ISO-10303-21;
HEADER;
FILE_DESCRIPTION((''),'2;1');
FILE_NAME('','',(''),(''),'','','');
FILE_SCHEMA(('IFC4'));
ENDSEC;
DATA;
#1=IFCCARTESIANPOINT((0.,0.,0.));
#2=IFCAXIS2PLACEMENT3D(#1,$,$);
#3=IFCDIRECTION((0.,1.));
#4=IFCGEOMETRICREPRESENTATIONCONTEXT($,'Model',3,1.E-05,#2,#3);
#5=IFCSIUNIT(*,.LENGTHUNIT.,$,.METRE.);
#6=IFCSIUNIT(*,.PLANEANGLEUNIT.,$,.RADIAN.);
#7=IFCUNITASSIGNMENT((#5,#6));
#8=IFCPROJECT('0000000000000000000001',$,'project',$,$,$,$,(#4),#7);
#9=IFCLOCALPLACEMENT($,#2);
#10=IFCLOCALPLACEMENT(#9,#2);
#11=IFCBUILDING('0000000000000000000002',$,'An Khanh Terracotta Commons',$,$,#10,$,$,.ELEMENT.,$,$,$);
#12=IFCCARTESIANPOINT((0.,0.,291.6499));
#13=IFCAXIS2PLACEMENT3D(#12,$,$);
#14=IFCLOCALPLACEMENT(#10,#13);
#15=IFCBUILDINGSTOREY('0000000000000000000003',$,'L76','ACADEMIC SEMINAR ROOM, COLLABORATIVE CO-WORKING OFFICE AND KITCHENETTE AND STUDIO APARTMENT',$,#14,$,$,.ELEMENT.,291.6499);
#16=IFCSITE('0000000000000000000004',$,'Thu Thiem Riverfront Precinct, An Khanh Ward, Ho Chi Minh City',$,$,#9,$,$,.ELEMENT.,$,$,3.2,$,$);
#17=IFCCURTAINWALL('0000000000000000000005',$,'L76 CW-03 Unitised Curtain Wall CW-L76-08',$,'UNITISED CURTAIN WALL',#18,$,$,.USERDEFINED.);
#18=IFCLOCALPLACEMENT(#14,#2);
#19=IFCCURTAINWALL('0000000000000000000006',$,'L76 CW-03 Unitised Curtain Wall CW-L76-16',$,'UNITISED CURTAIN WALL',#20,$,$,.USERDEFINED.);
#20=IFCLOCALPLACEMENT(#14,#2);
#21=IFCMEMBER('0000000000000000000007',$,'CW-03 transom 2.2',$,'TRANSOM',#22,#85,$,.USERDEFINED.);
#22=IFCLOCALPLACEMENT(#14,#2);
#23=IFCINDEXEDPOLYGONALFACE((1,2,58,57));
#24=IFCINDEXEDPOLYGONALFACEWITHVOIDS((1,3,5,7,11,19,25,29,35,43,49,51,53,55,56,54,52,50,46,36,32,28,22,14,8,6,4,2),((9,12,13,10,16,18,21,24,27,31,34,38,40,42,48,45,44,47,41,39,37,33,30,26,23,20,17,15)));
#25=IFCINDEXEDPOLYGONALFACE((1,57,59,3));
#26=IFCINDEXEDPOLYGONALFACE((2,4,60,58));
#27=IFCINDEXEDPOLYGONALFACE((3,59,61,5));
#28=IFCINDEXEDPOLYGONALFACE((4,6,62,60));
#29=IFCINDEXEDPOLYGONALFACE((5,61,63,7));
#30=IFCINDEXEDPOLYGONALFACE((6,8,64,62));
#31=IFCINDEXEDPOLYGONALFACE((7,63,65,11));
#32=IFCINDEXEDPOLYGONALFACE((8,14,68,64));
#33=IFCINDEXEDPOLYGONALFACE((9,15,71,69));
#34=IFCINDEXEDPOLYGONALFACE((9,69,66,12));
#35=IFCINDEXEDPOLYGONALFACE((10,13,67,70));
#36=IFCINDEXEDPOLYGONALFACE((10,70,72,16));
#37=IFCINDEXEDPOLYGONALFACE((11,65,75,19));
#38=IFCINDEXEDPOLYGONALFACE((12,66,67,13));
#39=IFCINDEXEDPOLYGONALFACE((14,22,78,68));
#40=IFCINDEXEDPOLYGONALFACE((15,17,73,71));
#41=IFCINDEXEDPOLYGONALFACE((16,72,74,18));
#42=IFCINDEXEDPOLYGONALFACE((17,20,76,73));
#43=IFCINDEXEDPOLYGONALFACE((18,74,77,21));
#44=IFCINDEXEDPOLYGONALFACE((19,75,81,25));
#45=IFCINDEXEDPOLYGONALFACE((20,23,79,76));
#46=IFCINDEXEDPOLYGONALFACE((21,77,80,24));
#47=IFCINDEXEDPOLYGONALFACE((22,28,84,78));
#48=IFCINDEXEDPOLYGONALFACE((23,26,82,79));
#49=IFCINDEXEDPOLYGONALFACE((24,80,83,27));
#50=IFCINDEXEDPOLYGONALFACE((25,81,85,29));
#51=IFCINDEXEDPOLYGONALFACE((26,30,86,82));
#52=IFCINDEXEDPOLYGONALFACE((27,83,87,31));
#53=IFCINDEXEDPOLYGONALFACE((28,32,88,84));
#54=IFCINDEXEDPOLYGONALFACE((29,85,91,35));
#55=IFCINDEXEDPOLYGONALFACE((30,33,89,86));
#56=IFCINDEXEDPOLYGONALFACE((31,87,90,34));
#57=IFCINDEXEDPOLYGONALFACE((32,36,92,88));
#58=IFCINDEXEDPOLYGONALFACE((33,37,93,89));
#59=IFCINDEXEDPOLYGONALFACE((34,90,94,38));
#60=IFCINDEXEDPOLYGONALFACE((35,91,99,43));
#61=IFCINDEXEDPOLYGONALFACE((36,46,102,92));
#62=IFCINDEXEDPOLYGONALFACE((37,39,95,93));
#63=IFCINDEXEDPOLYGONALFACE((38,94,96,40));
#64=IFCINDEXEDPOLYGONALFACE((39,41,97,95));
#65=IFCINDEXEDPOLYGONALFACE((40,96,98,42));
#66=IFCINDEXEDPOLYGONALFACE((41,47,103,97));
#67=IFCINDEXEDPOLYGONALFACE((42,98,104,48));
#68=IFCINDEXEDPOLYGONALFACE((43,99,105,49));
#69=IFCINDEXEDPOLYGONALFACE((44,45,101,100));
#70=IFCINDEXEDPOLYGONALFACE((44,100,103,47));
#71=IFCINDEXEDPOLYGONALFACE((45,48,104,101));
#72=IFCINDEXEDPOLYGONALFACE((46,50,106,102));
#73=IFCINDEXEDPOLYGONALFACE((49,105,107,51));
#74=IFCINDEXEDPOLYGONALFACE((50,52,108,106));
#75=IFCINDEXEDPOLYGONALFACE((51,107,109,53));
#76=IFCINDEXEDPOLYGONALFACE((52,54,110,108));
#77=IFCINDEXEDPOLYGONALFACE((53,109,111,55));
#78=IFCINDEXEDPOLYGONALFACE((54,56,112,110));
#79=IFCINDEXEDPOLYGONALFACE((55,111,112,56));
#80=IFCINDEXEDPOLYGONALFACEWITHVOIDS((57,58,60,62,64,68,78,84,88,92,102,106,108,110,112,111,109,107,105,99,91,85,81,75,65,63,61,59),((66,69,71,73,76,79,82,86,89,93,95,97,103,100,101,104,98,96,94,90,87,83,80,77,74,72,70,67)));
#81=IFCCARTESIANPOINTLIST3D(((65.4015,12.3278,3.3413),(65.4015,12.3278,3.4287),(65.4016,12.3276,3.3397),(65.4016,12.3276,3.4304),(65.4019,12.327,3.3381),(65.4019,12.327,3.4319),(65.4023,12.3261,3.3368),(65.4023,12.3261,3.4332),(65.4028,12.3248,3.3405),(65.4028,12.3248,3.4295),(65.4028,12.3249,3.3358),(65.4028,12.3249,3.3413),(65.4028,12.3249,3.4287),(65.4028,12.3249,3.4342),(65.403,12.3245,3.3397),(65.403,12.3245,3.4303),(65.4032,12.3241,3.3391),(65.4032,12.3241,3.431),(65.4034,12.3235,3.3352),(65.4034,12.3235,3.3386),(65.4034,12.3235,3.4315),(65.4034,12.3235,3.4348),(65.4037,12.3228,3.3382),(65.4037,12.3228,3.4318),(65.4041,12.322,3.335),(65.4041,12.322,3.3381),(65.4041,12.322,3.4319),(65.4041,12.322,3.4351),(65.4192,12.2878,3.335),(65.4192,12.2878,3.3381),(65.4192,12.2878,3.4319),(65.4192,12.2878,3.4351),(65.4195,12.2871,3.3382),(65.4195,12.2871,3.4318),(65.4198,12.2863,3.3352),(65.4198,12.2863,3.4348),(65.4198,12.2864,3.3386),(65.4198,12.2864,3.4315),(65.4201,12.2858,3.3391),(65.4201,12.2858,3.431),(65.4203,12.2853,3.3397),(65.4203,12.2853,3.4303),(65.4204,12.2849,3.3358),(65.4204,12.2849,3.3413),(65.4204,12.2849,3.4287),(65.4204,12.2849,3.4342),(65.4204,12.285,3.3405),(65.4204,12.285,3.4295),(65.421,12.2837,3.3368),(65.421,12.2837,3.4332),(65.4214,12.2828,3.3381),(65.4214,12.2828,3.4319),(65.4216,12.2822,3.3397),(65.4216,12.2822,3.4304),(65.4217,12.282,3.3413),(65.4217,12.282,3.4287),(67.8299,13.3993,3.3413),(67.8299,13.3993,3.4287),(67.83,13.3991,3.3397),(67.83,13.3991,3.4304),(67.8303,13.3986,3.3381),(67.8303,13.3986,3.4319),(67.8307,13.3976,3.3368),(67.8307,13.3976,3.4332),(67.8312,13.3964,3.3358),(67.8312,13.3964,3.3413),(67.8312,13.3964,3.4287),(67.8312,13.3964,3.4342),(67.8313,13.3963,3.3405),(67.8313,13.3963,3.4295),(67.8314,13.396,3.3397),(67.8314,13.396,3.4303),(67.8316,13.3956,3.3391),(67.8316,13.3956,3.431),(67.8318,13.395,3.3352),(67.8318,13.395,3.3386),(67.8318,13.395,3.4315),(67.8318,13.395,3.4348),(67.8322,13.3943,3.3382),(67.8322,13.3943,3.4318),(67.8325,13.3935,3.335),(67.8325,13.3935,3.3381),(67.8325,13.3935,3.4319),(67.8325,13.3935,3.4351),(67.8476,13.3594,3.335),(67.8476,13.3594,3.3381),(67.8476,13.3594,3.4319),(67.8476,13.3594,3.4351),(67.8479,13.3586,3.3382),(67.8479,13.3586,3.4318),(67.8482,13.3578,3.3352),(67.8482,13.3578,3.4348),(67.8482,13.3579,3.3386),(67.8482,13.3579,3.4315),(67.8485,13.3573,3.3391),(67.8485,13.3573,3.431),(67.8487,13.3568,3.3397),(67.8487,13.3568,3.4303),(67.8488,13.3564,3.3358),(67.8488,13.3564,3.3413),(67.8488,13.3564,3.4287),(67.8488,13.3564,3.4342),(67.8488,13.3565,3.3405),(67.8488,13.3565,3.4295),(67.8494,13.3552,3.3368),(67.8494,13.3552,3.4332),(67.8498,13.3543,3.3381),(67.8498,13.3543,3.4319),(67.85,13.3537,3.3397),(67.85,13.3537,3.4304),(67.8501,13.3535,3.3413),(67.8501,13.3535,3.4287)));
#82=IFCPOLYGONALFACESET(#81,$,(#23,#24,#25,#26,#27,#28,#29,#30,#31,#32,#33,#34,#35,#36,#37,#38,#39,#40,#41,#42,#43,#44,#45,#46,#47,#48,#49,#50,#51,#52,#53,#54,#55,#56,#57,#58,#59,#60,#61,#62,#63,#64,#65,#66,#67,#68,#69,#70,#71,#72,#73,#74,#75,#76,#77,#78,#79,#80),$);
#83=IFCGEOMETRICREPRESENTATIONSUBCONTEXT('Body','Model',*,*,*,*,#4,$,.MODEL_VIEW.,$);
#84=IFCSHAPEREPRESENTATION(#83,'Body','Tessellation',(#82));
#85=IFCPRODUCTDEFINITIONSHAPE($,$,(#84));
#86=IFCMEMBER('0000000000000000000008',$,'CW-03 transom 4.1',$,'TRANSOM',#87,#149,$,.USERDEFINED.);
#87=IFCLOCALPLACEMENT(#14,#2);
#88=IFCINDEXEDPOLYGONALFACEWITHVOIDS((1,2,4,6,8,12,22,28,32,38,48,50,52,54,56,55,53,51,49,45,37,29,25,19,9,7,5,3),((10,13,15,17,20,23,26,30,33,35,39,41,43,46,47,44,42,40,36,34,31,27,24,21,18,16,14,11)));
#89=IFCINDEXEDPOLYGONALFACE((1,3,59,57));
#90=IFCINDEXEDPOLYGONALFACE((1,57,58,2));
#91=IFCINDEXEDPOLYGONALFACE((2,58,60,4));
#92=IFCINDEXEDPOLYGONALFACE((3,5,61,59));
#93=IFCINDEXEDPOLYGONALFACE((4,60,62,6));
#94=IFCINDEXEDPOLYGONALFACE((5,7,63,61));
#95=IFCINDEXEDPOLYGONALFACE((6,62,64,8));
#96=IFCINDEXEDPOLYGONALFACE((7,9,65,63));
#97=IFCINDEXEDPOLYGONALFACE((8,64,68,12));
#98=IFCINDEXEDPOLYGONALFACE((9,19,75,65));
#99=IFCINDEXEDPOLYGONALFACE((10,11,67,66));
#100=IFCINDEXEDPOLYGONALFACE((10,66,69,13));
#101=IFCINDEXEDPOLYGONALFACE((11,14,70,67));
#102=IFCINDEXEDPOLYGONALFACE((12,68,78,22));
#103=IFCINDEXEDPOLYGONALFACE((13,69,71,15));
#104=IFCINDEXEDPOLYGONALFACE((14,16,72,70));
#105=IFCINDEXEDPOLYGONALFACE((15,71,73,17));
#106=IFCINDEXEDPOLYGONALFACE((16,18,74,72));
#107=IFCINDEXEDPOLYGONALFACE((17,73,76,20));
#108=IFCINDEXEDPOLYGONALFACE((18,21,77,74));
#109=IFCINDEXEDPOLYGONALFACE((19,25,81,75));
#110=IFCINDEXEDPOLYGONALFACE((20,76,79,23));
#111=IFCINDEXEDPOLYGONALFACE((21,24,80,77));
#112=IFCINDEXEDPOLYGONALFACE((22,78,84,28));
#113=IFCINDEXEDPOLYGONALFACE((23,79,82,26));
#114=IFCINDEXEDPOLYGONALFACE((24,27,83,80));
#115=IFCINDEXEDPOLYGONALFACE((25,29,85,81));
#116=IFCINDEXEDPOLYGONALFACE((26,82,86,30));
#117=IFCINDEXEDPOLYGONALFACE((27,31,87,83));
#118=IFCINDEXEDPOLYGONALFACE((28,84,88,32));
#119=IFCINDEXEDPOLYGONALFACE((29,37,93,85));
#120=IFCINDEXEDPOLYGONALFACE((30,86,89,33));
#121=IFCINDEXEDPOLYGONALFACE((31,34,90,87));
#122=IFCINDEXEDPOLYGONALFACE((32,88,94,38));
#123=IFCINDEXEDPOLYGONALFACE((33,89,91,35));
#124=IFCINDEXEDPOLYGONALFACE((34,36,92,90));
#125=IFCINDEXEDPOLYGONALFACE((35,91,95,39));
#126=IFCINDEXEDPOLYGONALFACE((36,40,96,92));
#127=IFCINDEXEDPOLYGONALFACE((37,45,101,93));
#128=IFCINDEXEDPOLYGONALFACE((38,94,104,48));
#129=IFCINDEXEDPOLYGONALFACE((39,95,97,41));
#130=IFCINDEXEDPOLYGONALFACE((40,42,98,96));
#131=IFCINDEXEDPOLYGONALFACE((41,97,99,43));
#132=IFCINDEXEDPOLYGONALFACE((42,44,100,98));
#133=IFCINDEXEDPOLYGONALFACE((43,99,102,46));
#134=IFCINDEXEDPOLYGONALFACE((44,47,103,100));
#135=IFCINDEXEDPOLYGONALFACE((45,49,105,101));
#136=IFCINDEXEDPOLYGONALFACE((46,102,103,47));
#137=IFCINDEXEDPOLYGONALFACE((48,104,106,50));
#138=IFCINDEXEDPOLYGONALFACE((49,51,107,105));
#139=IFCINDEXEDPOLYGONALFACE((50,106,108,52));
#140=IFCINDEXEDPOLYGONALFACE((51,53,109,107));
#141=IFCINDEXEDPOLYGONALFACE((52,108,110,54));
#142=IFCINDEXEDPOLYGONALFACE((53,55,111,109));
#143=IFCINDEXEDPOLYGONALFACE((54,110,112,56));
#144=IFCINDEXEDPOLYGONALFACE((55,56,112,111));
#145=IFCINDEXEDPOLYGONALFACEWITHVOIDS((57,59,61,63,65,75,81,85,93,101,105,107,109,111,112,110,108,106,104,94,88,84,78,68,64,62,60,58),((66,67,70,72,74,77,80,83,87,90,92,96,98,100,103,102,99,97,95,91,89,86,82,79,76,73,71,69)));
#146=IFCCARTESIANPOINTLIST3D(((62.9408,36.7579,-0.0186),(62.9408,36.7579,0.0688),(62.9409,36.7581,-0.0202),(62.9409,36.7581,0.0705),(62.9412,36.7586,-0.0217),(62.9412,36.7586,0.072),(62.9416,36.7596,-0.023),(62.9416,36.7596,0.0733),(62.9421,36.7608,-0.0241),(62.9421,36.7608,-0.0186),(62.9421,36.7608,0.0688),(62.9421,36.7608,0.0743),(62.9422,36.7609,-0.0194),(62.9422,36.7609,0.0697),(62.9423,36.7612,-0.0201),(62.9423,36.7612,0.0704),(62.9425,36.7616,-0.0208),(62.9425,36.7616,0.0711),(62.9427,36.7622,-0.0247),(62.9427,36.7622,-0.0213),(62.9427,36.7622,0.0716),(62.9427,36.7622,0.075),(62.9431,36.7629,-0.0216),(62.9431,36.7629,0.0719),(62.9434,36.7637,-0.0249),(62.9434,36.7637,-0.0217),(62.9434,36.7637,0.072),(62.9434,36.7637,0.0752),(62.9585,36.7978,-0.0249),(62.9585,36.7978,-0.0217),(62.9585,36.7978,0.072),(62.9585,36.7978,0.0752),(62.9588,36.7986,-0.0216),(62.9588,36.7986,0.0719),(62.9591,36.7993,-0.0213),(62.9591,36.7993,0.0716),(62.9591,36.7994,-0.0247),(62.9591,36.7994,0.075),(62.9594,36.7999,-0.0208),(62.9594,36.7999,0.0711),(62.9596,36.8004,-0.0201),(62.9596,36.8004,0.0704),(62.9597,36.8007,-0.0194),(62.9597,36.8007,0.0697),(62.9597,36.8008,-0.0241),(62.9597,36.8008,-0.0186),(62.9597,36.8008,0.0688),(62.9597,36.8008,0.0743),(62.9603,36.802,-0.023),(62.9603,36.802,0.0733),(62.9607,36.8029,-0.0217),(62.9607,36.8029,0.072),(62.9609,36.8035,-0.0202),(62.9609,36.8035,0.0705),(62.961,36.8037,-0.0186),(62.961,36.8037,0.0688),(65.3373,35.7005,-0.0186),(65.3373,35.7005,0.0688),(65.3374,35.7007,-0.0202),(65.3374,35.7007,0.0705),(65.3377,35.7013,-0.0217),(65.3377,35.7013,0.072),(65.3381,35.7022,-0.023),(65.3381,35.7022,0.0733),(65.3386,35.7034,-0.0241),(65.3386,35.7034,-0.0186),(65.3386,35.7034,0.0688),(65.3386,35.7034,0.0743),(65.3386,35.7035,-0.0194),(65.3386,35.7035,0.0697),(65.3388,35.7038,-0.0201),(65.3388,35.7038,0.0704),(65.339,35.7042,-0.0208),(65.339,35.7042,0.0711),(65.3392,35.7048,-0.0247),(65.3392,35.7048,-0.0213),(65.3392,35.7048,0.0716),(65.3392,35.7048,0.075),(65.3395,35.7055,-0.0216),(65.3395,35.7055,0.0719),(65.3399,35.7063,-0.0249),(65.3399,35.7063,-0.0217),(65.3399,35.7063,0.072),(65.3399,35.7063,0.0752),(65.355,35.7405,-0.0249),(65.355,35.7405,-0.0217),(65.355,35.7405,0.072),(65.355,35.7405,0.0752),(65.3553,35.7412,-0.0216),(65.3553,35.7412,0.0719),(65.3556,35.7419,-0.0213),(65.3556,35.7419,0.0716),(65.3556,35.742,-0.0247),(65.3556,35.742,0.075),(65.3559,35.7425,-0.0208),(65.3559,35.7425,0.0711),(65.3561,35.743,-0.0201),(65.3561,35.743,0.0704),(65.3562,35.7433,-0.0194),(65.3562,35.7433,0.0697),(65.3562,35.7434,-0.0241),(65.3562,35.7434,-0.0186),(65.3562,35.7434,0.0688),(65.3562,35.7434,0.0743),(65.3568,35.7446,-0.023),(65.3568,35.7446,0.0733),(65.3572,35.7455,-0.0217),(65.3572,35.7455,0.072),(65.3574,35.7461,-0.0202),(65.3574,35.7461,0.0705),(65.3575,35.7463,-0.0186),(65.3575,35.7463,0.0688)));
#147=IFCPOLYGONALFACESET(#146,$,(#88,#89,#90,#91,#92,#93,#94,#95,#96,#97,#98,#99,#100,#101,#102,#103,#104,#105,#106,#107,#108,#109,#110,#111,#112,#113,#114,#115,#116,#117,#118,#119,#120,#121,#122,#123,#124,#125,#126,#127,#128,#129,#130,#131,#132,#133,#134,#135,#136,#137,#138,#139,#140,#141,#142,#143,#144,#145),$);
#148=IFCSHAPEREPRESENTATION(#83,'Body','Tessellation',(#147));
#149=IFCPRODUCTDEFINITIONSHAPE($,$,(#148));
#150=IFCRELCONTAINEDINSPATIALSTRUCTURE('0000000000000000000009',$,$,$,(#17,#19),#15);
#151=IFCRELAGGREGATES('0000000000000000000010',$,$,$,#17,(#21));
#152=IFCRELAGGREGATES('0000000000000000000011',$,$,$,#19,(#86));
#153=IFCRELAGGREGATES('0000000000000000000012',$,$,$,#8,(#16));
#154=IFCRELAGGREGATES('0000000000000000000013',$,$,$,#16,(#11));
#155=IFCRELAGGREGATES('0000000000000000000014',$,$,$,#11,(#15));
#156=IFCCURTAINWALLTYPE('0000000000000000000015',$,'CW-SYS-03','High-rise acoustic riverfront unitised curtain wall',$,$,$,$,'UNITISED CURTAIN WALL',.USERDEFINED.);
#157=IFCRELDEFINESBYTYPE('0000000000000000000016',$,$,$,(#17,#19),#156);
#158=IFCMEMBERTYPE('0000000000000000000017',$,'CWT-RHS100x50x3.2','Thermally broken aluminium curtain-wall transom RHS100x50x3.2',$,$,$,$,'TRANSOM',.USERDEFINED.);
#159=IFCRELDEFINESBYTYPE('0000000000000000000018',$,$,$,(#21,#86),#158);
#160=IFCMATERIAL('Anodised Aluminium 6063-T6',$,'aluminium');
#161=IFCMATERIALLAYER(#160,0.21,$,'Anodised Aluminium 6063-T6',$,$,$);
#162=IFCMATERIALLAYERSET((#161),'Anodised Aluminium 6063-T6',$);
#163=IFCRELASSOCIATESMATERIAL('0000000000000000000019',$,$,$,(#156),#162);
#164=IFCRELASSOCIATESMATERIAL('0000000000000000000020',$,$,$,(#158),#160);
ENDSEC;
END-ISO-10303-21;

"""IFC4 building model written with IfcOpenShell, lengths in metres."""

from ifc_helpers import new_model, si_unit, direction, frame, origin, origin_2d, place, context, subcontext, project, spatial, hollow_rectangle, extrude, material, layer, layer_set, material_profile, profile_set, type_object, element, aggregate, save


model = new_model("IFC4")

# Units and contexts
model_context = context("Model", 3, precision=1e-05, world=origin(), true_north=direction((0.0, 1.0)))
body_context = subcontext(model_context, "Body", "Model", "MODEL_VIEW")
ifc_project = project(units=[si_unit("LENGTHUNIT", "METRE"), si_unit("PLANEANGLEUNIT", "RADIAN")], contexts=[model_context])

# Site, building, storey
site_placement = place(None, origin())
site = spatial("IfcSite", under=ifc_project, at=site_placement, Name="Thu Thiem Riverfront Precinct, An Khanh Ward, Ho Chi Minh City", CompositionType="ELEMENT", RefElevation=3.2)
building_placement = place(site_placement, origin())
building = spatial("IfcBuilding", under=site, at=building_placement, Name="An Khanh Terracotta Commons", CompositionType="ELEMENT")
storey_placement = place(building_placement, frame((0.0, 0.0, 291.6499)))
storey = spatial("IfcBuildingStorey", under=building, at=storey_placement, Name="L76", Description="ACADEMIC SEMINAR ROOM, COLLABORATIVE CO-WORKING OFFICE AND KITCHENETTE AND STUDIO APARTMENT", CompositionType="ELEMENT", Elevation=291.6499)

# Curtain walls
ifc_material_1 = material(Name="Anodised Aluminium 6063-T6", Category="aluminium")
ifc_layer_1 = layer(ifc_material_1, 0.21, Name="Anodised Aluminium 6063-T6")
ifc_layer_set_1 = layer_set([ifc_layer_1], Name="Anodised Aluminium 6063-T6")
curtain_wall_type = type_object("IfcCurtainWallType", Name="CW-SYS-03", Description="High-rise acoustic riverfront unitised curtain wall", ElementType="UNITISED CURTAIN WALL", PredefinedType="USERDEFINED", material=ifc_layer_set_1)
curtain_wall_1_placement = place(storey_placement, origin())
curtain_wall_1 = element("IfcCurtainWall", 1, at=curtain_wall_1_placement, inside=storey, type_object=curtain_wall_type, Name="L76 CW-03 Unitised Curtain Wall CW-L76-08", ObjectType="UNITISED CURTAIN WALL", PredefinedType="USERDEFINED")
curtain_wall_2_placement = place(storey_placement, origin())
curtain_wall_2 = element("IfcCurtainWall", 2, at=curtain_wall_2_placement, inside=storey, type_object=curtain_wall_type, Name="L76 CW-03 Unitised Curtain Wall CW-L76-16", ObjectType="UNITISED CURTAIN WALL", PredefinedType="USERDEFINED")

# Members
ifc_material_profile_1 = material_profile(ifc_material_1, hollow_rectangle(XDim=0.05, YDim=0.1001, WallThickness=0.0032, InnerFilletRadius=0.0032, OuterFilletRadius=0.0063, at=origin_2d()), Name="RHS100x50x3.2")
ifc_profile_set_1 = profile_set([ifc_material_profile_1], Name="Anodised Aluminium 6063-T6")
member_type_1 = type_object("IfcMemberType", Name="CWT-RHS100x50x3.2", Description="Thermally broken aluminium curtain-wall transom RHS100x50x3.2", ElementType="TRANSOM", PredefinedType="USERDEFINED", material=ifc_profile_set_1)
member_1_placement = place(storey_placement, frame((65.4116, 12.3049, 3.385), z_axis=(0.914897, 0.403688, 0.0), x_axis=(-0.403688, 0.914897, 0.0)))
member_1 = element("IfcMember", 3, at=member_1_placement, type_object=member_type_1, Name="CW-03 transom 2.2", ObjectType="TRANSOM", PredefinedType="USERDEFINED", context=body_context, shape_type="SweptSolid", body=[
    extrude(hollow_rectangle(XDim=0.05, YDim=0.1001, WallThickness=0.0032, InnerFilletRadius=0.0032, OuterFilletRadius=0.0063, at=origin_2d()), origin(), (0.0, 0.0, 1.0), 2.6543),
])
member_2_placement = place(storey_placement, frame((65.3474, 35.7234, 0.0251), z_axis=(-0.914904, 0.403672, 0.0), x_axis=(-0.403672, -0.914904, 0.0)))
member_2 = element("IfcMember", 4, at=member_2_placement, type_object=member_type_1, Name="CW-03 transom 4.1", ObjectType="TRANSOM", PredefinedType="USERDEFINED", context=body_context, shape_type="SweptSolid", body=[
    extrude(hollow_rectangle(XDim=0.05, YDim=0.1001, WallThickness=0.0032, InnerFilletRadius=0.0032, OuterFilletRadius=0.0063, at=origin_2d()), origin(), (0.0, 0.0, 1.0), 2.6194),
])

aggregate(curtain_wall_1, [member_1])
aggregate(curtain_wall_2, [member_2])

save(model, "model.ifc")
